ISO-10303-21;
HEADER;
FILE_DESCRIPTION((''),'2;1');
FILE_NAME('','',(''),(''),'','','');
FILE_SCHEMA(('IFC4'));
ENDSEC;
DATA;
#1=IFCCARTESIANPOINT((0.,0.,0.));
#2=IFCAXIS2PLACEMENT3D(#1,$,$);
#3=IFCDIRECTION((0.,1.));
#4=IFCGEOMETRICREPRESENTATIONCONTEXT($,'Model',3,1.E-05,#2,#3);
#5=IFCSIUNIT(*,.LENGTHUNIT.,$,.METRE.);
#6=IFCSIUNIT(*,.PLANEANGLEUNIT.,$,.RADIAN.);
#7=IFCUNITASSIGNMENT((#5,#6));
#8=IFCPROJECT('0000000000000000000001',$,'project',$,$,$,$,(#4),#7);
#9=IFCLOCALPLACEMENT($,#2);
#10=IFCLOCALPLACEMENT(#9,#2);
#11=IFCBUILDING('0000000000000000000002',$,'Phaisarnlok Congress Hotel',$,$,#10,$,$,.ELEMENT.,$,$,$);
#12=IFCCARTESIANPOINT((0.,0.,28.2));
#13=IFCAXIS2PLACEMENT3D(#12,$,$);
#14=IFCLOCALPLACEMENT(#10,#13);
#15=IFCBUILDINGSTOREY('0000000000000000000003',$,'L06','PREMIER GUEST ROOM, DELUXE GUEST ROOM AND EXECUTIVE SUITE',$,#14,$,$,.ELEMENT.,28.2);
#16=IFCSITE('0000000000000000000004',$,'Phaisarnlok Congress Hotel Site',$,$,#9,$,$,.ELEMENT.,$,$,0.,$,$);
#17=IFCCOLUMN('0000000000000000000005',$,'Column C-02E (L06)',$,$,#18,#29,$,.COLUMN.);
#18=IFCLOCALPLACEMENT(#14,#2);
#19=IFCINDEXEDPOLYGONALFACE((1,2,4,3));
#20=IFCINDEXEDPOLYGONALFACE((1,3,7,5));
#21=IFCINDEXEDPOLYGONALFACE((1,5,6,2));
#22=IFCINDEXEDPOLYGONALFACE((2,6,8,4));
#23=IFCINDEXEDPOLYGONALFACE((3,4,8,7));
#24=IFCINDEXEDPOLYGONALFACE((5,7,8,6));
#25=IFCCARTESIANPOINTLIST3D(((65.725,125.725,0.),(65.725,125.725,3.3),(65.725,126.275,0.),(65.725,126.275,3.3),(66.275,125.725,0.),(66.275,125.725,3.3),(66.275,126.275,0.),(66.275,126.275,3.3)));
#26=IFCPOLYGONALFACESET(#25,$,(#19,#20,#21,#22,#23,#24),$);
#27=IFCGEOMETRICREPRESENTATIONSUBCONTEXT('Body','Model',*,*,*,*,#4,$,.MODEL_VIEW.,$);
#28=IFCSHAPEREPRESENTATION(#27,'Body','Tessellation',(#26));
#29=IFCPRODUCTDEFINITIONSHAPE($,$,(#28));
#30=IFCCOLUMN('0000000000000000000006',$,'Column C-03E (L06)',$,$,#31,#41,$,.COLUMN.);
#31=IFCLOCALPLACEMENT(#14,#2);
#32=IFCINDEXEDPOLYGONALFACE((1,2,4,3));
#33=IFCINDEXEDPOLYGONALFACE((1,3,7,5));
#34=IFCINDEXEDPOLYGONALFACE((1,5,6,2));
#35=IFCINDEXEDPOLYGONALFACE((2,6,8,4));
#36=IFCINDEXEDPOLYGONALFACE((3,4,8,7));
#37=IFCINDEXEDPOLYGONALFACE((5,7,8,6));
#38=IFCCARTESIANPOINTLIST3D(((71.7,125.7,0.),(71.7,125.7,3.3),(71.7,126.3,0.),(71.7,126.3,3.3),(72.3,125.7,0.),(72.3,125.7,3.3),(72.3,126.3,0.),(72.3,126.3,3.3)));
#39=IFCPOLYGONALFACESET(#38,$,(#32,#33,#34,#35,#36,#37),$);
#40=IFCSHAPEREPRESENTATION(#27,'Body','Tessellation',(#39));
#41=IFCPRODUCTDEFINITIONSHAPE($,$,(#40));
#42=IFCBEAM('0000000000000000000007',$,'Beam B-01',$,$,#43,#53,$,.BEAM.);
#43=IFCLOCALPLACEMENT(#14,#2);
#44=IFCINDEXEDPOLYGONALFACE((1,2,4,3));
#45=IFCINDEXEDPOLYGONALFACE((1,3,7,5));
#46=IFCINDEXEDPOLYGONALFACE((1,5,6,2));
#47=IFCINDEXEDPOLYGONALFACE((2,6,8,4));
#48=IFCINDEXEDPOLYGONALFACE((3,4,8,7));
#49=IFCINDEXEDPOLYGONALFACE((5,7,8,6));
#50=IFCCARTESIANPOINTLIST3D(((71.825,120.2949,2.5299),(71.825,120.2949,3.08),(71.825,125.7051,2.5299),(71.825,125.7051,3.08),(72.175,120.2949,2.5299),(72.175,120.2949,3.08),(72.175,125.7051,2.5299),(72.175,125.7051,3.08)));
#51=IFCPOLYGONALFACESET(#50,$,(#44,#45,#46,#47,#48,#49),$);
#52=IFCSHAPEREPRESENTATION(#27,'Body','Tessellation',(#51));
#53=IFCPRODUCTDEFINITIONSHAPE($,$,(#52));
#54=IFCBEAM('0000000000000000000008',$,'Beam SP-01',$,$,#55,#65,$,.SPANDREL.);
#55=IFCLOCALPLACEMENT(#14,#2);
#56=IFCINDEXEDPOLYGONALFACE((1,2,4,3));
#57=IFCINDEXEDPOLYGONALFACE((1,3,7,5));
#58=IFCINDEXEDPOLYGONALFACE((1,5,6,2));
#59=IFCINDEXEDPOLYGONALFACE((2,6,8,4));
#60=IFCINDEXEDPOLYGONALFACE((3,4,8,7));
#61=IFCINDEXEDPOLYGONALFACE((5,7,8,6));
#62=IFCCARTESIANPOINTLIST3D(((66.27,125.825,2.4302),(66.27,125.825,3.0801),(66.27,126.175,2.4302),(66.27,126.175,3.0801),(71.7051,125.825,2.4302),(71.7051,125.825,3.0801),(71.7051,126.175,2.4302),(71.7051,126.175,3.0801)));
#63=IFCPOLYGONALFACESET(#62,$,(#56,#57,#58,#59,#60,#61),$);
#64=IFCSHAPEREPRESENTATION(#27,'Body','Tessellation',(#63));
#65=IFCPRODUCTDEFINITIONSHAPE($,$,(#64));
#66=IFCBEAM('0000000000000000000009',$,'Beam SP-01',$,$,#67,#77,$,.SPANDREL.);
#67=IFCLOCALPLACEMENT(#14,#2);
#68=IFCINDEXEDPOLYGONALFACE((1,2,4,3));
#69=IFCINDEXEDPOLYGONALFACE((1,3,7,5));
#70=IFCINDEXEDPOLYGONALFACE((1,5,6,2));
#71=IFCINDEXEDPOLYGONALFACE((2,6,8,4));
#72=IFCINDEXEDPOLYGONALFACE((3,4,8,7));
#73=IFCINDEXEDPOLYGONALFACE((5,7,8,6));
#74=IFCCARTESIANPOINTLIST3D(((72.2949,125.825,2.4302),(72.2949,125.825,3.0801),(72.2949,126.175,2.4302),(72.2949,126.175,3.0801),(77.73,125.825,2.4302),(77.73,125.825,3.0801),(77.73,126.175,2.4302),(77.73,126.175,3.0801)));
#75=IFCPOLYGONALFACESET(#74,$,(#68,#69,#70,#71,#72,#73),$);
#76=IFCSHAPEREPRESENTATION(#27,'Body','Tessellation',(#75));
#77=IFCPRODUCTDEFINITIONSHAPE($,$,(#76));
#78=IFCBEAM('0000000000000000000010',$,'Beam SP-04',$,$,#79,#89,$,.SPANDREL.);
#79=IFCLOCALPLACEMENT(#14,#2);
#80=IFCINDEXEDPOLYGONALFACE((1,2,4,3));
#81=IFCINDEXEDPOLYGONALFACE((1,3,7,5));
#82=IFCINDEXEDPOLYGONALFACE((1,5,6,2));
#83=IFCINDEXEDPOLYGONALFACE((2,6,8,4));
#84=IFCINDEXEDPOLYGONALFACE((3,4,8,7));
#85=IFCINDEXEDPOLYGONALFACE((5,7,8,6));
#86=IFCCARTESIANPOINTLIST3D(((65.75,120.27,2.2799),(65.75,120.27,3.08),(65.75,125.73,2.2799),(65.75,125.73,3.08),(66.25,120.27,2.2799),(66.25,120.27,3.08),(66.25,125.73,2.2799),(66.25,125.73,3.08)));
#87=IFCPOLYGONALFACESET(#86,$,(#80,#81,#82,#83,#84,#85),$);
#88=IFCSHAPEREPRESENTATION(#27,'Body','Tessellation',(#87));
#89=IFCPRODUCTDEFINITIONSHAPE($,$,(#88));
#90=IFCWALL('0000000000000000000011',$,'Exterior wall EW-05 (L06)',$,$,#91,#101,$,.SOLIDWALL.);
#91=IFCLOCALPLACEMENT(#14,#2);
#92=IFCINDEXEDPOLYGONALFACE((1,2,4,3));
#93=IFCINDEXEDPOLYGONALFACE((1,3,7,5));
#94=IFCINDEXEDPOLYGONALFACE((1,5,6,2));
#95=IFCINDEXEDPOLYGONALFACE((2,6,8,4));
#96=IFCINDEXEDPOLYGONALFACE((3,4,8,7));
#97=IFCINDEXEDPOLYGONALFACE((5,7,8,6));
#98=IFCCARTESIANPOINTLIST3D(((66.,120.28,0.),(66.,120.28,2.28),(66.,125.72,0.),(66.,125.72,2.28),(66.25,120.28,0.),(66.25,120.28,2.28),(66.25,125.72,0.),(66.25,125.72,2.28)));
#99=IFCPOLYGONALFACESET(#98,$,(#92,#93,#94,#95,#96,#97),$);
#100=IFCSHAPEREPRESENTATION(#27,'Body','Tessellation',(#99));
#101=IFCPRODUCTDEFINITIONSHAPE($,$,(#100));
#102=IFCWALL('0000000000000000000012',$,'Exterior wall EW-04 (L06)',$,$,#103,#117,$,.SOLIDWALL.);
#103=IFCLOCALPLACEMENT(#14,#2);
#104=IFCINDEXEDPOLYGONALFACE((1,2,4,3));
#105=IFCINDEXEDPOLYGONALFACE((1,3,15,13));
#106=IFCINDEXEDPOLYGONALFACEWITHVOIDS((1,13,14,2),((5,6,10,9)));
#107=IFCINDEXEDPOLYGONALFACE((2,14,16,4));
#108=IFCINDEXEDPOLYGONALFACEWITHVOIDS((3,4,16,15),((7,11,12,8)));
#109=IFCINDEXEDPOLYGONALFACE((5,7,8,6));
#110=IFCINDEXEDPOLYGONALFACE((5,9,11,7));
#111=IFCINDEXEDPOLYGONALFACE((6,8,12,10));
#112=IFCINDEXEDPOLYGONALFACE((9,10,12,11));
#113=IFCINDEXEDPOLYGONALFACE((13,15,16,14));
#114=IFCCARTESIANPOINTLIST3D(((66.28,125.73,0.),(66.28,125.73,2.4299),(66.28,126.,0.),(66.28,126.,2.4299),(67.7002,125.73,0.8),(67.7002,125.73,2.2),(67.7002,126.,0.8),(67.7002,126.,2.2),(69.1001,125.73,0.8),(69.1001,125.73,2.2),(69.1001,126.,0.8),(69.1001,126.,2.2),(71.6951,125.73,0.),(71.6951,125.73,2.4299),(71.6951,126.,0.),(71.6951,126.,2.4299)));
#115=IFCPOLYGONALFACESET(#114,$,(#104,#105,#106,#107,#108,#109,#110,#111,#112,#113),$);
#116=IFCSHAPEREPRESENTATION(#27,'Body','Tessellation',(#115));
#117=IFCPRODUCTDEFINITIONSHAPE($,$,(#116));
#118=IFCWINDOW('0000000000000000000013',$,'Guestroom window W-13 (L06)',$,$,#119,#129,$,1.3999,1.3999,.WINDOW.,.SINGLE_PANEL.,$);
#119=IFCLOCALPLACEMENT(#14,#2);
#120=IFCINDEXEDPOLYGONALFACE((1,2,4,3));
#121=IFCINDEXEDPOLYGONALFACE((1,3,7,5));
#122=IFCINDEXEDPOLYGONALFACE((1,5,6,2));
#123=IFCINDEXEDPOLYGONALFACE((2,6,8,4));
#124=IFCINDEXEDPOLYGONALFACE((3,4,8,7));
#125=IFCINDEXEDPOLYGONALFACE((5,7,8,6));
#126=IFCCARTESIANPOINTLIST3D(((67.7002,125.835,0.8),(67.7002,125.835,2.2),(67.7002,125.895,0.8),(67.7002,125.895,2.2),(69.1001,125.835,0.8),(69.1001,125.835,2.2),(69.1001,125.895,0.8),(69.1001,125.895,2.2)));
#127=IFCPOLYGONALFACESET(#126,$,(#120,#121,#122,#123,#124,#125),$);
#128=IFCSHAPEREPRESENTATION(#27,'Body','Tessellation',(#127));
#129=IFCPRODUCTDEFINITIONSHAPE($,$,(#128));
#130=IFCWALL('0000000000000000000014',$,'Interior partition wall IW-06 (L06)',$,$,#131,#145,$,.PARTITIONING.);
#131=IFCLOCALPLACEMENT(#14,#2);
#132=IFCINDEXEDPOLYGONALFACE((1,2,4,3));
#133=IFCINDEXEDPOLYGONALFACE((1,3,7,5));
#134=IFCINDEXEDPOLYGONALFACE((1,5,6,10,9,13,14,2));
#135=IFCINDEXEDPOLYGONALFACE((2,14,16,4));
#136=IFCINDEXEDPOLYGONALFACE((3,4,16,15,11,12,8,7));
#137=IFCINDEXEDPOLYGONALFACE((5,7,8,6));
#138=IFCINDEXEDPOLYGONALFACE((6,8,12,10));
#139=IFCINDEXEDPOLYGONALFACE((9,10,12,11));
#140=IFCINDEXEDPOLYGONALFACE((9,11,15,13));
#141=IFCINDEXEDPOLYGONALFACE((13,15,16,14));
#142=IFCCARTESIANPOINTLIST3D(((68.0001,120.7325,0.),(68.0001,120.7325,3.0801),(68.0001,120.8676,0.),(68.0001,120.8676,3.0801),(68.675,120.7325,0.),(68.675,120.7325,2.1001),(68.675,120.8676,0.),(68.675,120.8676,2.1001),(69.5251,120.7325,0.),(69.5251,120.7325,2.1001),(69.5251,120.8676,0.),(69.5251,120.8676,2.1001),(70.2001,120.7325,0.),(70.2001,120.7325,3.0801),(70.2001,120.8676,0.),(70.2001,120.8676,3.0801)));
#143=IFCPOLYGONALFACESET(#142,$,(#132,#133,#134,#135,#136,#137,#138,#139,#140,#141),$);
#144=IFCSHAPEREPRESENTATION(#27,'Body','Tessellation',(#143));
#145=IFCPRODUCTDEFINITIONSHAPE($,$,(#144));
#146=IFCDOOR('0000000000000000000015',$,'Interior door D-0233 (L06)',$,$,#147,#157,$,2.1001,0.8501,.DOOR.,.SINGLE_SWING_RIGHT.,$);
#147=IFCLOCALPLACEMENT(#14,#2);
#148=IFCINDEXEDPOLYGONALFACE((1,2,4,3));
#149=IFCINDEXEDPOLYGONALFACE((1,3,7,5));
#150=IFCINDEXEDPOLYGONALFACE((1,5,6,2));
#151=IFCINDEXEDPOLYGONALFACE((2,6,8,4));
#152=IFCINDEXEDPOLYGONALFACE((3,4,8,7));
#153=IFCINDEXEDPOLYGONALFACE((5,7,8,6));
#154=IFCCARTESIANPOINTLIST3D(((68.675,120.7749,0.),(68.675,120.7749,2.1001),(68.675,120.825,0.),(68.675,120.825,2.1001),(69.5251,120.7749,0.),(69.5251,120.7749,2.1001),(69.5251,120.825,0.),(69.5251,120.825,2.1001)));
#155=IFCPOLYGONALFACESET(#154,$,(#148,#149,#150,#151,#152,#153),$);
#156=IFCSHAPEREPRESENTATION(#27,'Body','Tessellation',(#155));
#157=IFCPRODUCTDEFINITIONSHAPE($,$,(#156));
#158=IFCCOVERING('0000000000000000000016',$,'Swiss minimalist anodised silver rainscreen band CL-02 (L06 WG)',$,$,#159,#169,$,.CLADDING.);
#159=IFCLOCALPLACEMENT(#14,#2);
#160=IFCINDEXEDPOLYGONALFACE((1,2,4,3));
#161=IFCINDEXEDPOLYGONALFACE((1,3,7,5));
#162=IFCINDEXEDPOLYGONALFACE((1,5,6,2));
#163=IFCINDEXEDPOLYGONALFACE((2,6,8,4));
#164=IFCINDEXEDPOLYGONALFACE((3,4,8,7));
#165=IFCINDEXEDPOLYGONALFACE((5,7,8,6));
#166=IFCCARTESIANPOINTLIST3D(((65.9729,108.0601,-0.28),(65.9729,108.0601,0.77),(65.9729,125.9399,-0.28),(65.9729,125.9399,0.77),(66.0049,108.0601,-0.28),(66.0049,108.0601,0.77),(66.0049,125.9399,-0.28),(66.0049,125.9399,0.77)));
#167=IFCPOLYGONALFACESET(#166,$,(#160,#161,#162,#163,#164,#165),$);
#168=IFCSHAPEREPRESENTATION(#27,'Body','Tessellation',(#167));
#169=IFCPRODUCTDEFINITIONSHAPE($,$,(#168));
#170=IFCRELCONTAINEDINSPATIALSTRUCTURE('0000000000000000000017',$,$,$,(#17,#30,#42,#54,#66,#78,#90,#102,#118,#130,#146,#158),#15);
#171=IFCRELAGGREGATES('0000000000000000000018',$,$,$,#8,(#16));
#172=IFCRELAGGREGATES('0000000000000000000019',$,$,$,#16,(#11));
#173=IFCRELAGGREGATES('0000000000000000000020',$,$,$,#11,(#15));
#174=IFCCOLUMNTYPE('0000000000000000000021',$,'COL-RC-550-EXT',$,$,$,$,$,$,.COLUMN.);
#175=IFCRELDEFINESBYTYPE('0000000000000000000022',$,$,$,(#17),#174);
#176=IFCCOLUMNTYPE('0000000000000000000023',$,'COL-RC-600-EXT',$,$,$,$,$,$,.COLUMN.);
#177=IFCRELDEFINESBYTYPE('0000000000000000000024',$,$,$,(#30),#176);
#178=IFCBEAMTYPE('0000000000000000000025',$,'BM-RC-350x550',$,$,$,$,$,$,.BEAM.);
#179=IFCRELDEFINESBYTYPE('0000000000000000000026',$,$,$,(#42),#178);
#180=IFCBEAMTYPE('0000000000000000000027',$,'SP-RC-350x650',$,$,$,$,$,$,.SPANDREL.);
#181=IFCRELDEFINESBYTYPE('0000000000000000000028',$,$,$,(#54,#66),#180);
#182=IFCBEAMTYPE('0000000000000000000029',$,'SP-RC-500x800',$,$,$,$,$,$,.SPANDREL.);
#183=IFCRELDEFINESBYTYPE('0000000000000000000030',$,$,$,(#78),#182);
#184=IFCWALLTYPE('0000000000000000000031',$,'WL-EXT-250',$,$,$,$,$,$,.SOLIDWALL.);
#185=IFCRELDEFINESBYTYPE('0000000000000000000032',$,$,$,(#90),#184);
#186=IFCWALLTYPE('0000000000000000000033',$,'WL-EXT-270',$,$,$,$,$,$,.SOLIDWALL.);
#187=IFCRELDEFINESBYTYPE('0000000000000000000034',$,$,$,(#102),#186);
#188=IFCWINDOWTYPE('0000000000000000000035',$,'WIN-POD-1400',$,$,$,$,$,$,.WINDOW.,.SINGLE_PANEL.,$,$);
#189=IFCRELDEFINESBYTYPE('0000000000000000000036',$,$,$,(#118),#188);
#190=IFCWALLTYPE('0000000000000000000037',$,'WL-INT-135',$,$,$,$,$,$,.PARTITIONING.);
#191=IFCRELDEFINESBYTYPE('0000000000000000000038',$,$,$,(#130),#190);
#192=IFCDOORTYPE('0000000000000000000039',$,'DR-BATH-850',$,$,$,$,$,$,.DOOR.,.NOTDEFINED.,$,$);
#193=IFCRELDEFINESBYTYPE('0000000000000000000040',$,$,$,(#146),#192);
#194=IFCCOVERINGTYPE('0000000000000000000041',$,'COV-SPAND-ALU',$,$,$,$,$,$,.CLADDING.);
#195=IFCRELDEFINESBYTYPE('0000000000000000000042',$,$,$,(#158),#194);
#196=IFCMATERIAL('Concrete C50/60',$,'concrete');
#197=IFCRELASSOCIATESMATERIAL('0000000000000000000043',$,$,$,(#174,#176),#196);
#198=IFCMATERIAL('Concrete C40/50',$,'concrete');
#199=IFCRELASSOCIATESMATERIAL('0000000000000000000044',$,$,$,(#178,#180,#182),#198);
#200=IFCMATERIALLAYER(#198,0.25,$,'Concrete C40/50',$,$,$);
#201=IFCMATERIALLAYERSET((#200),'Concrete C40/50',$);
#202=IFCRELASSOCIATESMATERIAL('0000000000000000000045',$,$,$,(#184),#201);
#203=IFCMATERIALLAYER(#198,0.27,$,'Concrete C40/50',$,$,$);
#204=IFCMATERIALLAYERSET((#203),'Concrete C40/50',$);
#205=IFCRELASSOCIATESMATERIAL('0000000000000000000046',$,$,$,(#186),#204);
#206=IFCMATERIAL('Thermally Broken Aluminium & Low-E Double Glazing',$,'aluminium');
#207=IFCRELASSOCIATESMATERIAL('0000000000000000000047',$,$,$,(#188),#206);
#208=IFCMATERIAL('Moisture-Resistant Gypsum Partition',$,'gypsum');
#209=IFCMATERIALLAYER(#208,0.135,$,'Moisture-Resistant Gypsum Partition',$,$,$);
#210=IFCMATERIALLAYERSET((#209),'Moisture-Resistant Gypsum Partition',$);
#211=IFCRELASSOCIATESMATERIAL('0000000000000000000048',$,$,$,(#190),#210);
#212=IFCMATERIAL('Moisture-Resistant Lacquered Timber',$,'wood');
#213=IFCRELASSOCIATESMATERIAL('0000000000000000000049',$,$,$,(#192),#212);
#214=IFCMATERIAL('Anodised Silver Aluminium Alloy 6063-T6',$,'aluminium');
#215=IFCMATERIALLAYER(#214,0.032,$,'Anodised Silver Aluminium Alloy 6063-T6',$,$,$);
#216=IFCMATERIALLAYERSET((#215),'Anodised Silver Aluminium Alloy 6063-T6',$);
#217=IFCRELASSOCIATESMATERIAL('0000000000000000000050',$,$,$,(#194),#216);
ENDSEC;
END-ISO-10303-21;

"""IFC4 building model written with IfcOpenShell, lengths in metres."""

from ifc_helpers import new_model, si_unit, direction, frame, frame_2d, origin, origin_2d, place, context, subcontext, project, spatial, polyline, rectangle, outline, extrude, material, layer, layer_set, material_profile, profile_set, type_object, element, fill, save


model = new_model("IFC4")

# Units and contexts
model_context = context("Model", 3, precision=1e-05, world=origin(), true_north=direction((0.0, 1.0)))
body_context = subcontext(model_context, "Body", "Model", "MODEL_VIEW")
ifc_project = project(units=[si_unit("LENGTHUNIT", "METRE"), si_unit("PLANEANGLEUNIT", "RADIAN")], contexts=[model_context])

# Site, building, storey
site_placement = place(None, origin())
site = spatial("IfcSite", under=ifc_project, at=site_placement, Name="Phaisarnlok Congress Hotel Site", CompositionType="ELEMENT", RefElevation=0.0)
building_placement = place(site_placement, origin())
building = spatial("IfcBuilding", under=site, at=building_placement, Name="Phaisarnlok Congress Hotel", CompositionType="ELEMENT")
storey_placement = place(building_placement, frame((0.0, 0.0, 28.2)))
storey = spatial("IfcBuildingStorey", under=building, at=storey_placement, Name="L06", Description="PREMIER GUEST ROOM, DELUXE GUEST ROOM AND EXECUTIVE SUITE", CompositionType="ELEMENT", Elevation=28.2)

# Columns
ifc_material_1 = material(Name="Concrete C50/60", Category="concrete")
ifc_material_profile_1 = material_profile(ifc_material_1, rectangle(XDim=0.55, YDim=0.55, at=origin_2d()), Name="RC 550x550")
ifc_profile_set_1 = profile_set([ifc_material_profile_1], Name="Concrete C50/60")
column_type_1 = type_object("IfcColumnType", Name="COL-RC-550-EXT", PredefinedType="COLUMN", material=ifc_profile_set_1)
column_1_placement = place(storey_placement, frame((66.0, 126.0, 0.0), z_axis=(0.0, 0.0, 1.0), x_axis=(1.0, 0.0, 0.0)))
element("IfcColumn", 1, at=column_1_placement, inside=storey, type_object=column_type_1, Name="Column C-02E (L06)", PredefinedType="COLUMN", context=body_context, shape_type="SweptSolid", body=[
    extrude(rectangle(XDim=0.55, YDim=0.55, at=origin_2d()), origin(), (0.0, 0.0, 1.0), 3.3),
])
ifc_material_profile_2 = material_profile(ifc_material_1, rectangle(XDim=0.6001, YDim=0.6001, at=origin_2d()), Name="RC 600x600")
ifc_profile_set_2 = profile_set([ifc_material_profile_2], Name="Concrete C50/60")
column_type_2 = type_object("IfcColumnType", Name="COL-RC-600-EXT", PredefinedType="COLUMN", material=ifc_profile_set_2)
column_2_placement = place(storey_placement, frame((72.0, 126.0, 0.0), z_axis=(0.0, 0.0, 1.0), x_axis=(1.0, 0.0, 0.0)))
element("IfcColumn", 2, at=column_2_placement, inside=storey, type_object=column_type_2, Name="Column C-03E (L06)", PredefinedType="COLUMN", context=body_context, shape_type="SweptSolid", body=[
    extrude(rectangle(XDim=0.6001, YDim=0.6001, at=origin_2d()), origin(), (0.0, 0.0, 1.0), 3.3),
])

# Beams
ifc_material_2 = material(Name="Concrete C40/50", Category="concrete")
ifc_material_profile_3 = material_profile(ifc_material_2, rectangle(XDim=0.3501, YDim=0.55, at=origin_2d()), Name="RC 350x550")
ifc_profile_set_3 = profile_set([ifc_material_profile_3], Name="Concrete C40/50")
beam_type_1 = type_object("IfcBeamType", Name="BM-RC-350x550", PredefinedType="BEAM", material=ifc_profile_set_3)
beam_1_placement = place(storey_placement, frame((72.0, 120.2949, 2.8049), z_axis=(0.0, 1.0, 0.0), x_axis=(-1.0, 0.0, 0.0)))
element("IfcBeam", 3, at=beam_1_placement, inside=storey, type_object=beam_type_1, Name="Beam B-01", PredefinedType="BEAM", context=body_context, shape_type="SweptSolid", body=[
    extrude(rectangle(XDim=0.3501, YDim=0.55, at=origin_2d()), origin(), (0.0, 0.0, 1.0), 5.4102),
])
ifc_material_profile_4 = material_profile(ifc_material_2, rectangle(XDim=0.3501, YDim=0.6499, at=origin_2d()), Name="RC 350x650")
ifc_profile_set_4 = profile_set([ifc_material_profile_4], Name="Concrete C40/50")
beam_type_2 = type_object("IfcBeamType", Name="SP-RC-350x650", PredefinedType="SPANDREL", material=ifc_profile_set_4)
for number, where, z_axis, x_axis, name in (
    (4, (66.27, 126.0, 2.7551), (1.0, 0.0, 0.0), (0.0, 1.0, 0.0), "Beam SP-01"),
    (5, (72.2949, 126.0, 2.7551), (1.0, 0.0, 0.0), (0.0, 1.0, 0.0), "Beam SP-01"),
):
    element("IfcBeam", number, at=place(storey_placement, frame(where, z_axis=z_axis, x_axis=x_axis)), inside=storey, type_object=beam_type_2, Name=name, PredefinedType="SPANDREL", context=body_context, shape_type="SweptSolid", body=[
        extrude(rectangle(XDim=0.3501, YDim=0.6499, at=origin_2d()), origin(), (0.0, 0.0, 1.0), 5.4351),
    ])
ifc_material_profile_5 = material_profile(ifc_material_2, rectangle(XDim=0.5, YDim=0.8, at=origin_2d()), Name="RC 500x800")
ifc_profile_set_5 = profile_set([ifc_material_profile_5], Name="Concrete C40/50")
beam_type_3 = type_object("IfcBeamType", Name="SP-RC-500x800", PredefinedType="SPANDREL", material=ifc_profile_set_5)
beam_2_placement = place(storey_placement, frame((66.0, 120.27, 2.6799), z_axis=(0.0, 1.0, 0.0), x_axis=(-1.0, 0.0, 0.0)))
element("IfcBeam", 6, at=beam_2_placement, inside=storey, type_object=beam_type_3, Name="Beam SP-04", PredefinedType="SPANDREL", context=body_context, shape_type="SweptSolid", body=[
    extrude(rectangle(XDim=0.5, YDim=0.8, at=origin_2d()), origin(), (0.0, 0.0, 1.0), 5.46),
])

# Wall
ifc_layer_1 = layer(ifc_material_2, 0.25, Name="Concrete C40/50")
ifc_layer_set_1 = layer_set([ifc_layer_1], Name="Concrete C40/50")
wall_type_1 = type_object("IfcWallType", Name="WL-EXT-250", PredefinedType="SOLIDWALL", material=ifc_layer_set_1)
wall_1_placement = place(storey_placement, frame((66.125, 125.72, 0.0), z_axis=(0.0, 0.0, 1.0), x_axis=(0.0, -1.0, 0.0)))
element("IfcWall", 7, at=wall_1_placement, inside=storey, type_object=wall_type_1, Name="Exterior wall EW-05 (L06)", PredefinedType="SOLIDWALL", context=body_context, shape_type="SweptSolid", body=[
    extrude(rectangle(XDim=5.4399, YDim=0.25, at=frame_2d((2.72, 0.0))), origin(), (0.0, 0.0, 1.0), 2.28),
])

# Wall, opening, window
ifc_layer_2 = layer(ifc_material_2, 0.27, Name="Concrete C40/50")
ifc_layer_set_2 = layer_set([ifc_layer_2], Name="Concrete C40/50")
wall_type_2 = type_object("IfcWallType", Name="WL-EXT-270", PredefinedType="SOLIDWALL", material=ifc_layer_set_2)
wall_2_placement = place(storey_placement, frame((71.6951, 125.865, 0.0), z_axis=(0.0, 0.0, 1.0), x_axis=(-1.0, 0.0, 0.0)))
wall_2 = element("IfcWall", 8, at=wall_2_placement, inside=storey, type_object=wall_type_2, Name="Exterior wall EW-04 (L06)", PredefinedType="SOLIDWALL", context=body_context, shape_type="SweptSolid", body=[
    extrude(rectangle(XDim=5.415, YDim=0.27, at=frame_2d((2.7075, 0.0))), origin(), (0.0, 0.0, 1.0), 2.4299),
])
opening_1_placement = place(wall_2_placement, frame((2.595, 0.0, 0.8)))
opening_1 = element("IfcOpeningElement", 9, at=opening_1_placement, cuts=wall_2, PredefinedType="OPENING", context=body_context, shape_type="SweptSolid", body=[
    extrude(rectangle(XDim=1.3999, YDim=1.3999, at=frame_2d((0.7, 0.7))), frame((0.0, 0.145, 0.0), z_axis=(0.0, -1.0, 0.0), x_axis=(1.0, 0.0, 0.0)), (0.0, 0.0, 1.0), 0.29),
])
ifc_material_3 = material(Name="Thermally Broken Aluminium & Low-E Double Glazing", Category="aluminium")
window_type = type_object("IfcWindowType", Name="WIN-POD-1400", PartitioningType="SINGLE_PANEL", PredefinedType="WINDOW", material=ifc_material_3)
window_placement = place(opening_1_placement, origin())
window = element("IfcWindow", 10, at=window_placement, inside=storey, type_object=window_type, Name="Guestroom window W-13 (L06)", OverallHeight=1.3999, OverallWidth=1.3999, PartitioningType="SINGLE_PANEL", PredefinedType="WINDOW", context=body_context, shape_type="SweptSolid", body=[
    extrude(rectangle(XDim=1.3999, YDim=1.3999, at=frame_2d((0.7, 0.7))), frame((0.0, 0.03, 0.0), z_axis=(0.0, -1.0, 0.0), x_axis=(1.0, 0.0, 0.0)), (0.0, 0.0, 1.0), 0.0601),
])
fill(opening_1, window)

# Wall, opening, door
ifc_material_4 = material(Name="Moisture-Resistant Gypsum Partition", Category="gypsum")
ifc_layer_3 = layer(ifc_material_4, 0.135, Name="Moisture-Resistant Gypsum Partition")
ifc_layer_set_3 = layer_set([ifc_layer_3], Name="Moisture-Resistant Gypsum Partition")
wall_type_3 = type_object("IfcWallType", Name="WL-INT-135", PredefinedType="PARTITIONING", material=ifc_layer_set_3)
wall_3_placement = place(storey_placement, frame((68.0, 120.8, 0.0), z_axis=(0.0, 0.0, 1.0), x_axis=(1.0, 0.0, 0.0)))
wall_3 = element("IfcWall", 11, at=wall_3_placement, inside=storey, type_object=wall_type_3, Name="Interior partition wall IW-06 (L06)", PredefinedType="PARTITIONING", context=body_context, shape_type="SweptSolid", body=[
    extrude(rectangle(XDim=2.2, YDim=0.135, at=frame_2d((1.1001, 0.0))), origin(), (0.0, 0.0, 1.0), 3.0801),
])
opening_2_placement = place(wall_3_placement, frame((0.675, 0.0, 0.0)))
opening_2 = element("IfcOpeningElement", 12, at=opening_2_placement, cuts=wall_3, PredefinedType="OPENING", context=body_context, shape_type="SweptSolid", body=[
    extrude(rectangle(XDim=0.8501, YDim=2.1001, at=frame_2d((0.425, 1.05))), frame((0.0, 0.0776, 0.0), z_axis=(0.0, -1.0, 0.0), x_axis=(1.0, 0.0, 0.0)), (0.0, 0.0, 1.0), 0.155),
])
ifc_material_5 = material(Name="Moisture-Resistant Lacquered Timber", Category="wood")
door_type = type_object("IfcDoorType", Name="DR-BATH-850", OperationType="NOTDEFINED", PredefinedType="DOOR", material=ifc_material_5)
door_placement = place(opening_2_placement, origin())
door = element("IfcDoor", 13, at=door_placement, inside=storey, type_object=door_type, Name="Interior door D-0233 (L06)", OperationType="SINGLE_SWING_RIGHT", OverallHeight=2.1001, OverallWidth=0.8501, PredefinedType="DOOR", context=body_context, shape_type="SweptSolid", body=[
    extrude(rectangle(XDim=0.8501, YDim=2.1001, at=frame_2d((0.425, 1.05))), frame((0.0, 0.0249, 0.0), z_axis=(0.0, -1.0, 0.0), x_axis=(1.0, 0.0, 0.0)), (0.0, 0.0, 1.0), 0.05),
])
fill(opening_2, door)

# Covering
ifc_material_6 = material(Name="Anodised Silver Aluminium Alloy 6063-T6", Category="aluminium")
ifc_layer_4 = layer(ifc_material_6, 0.032, Name="Anodised Silver Aluminium Alloy 6063-T6")
ifc_layer_set_4 = layer_set([ifc_layer_4], Name="Anodised Silver Aluminium Alloy 6063-T6")
covering_type = type_object("IfcCoveringType", Name="COV-SPAND-ALU", PredefinedType="CLADDING", material=ifc_layer_set_4)
covering_placement = place(storey_placement, frame((66.0049, 125.9399, -0.28), z_axis=(-1.0, 0.0, 0.0), x_axis=(0.0, -1.0, 0.0)))
element("IfcCovering", 14, at=covering_placement, inside=storey, type_object=covering_type, Name="Swiss minimalist anodised silver rainscreen band CL-02 (L06 WG)", PredefinedType="CLADDING", context=body_context, shape_type="SweptSolid", body=[
    extrude(outline(polyline([(0.0, 0.0), (17.8799, 0.0), (17.8799, 1.05), (0.0, 1.05), (0.0, 0.0)])), origin(), (0.0, 0.0, 1.0), 0.032),
])

save(model, "model.ifc")
